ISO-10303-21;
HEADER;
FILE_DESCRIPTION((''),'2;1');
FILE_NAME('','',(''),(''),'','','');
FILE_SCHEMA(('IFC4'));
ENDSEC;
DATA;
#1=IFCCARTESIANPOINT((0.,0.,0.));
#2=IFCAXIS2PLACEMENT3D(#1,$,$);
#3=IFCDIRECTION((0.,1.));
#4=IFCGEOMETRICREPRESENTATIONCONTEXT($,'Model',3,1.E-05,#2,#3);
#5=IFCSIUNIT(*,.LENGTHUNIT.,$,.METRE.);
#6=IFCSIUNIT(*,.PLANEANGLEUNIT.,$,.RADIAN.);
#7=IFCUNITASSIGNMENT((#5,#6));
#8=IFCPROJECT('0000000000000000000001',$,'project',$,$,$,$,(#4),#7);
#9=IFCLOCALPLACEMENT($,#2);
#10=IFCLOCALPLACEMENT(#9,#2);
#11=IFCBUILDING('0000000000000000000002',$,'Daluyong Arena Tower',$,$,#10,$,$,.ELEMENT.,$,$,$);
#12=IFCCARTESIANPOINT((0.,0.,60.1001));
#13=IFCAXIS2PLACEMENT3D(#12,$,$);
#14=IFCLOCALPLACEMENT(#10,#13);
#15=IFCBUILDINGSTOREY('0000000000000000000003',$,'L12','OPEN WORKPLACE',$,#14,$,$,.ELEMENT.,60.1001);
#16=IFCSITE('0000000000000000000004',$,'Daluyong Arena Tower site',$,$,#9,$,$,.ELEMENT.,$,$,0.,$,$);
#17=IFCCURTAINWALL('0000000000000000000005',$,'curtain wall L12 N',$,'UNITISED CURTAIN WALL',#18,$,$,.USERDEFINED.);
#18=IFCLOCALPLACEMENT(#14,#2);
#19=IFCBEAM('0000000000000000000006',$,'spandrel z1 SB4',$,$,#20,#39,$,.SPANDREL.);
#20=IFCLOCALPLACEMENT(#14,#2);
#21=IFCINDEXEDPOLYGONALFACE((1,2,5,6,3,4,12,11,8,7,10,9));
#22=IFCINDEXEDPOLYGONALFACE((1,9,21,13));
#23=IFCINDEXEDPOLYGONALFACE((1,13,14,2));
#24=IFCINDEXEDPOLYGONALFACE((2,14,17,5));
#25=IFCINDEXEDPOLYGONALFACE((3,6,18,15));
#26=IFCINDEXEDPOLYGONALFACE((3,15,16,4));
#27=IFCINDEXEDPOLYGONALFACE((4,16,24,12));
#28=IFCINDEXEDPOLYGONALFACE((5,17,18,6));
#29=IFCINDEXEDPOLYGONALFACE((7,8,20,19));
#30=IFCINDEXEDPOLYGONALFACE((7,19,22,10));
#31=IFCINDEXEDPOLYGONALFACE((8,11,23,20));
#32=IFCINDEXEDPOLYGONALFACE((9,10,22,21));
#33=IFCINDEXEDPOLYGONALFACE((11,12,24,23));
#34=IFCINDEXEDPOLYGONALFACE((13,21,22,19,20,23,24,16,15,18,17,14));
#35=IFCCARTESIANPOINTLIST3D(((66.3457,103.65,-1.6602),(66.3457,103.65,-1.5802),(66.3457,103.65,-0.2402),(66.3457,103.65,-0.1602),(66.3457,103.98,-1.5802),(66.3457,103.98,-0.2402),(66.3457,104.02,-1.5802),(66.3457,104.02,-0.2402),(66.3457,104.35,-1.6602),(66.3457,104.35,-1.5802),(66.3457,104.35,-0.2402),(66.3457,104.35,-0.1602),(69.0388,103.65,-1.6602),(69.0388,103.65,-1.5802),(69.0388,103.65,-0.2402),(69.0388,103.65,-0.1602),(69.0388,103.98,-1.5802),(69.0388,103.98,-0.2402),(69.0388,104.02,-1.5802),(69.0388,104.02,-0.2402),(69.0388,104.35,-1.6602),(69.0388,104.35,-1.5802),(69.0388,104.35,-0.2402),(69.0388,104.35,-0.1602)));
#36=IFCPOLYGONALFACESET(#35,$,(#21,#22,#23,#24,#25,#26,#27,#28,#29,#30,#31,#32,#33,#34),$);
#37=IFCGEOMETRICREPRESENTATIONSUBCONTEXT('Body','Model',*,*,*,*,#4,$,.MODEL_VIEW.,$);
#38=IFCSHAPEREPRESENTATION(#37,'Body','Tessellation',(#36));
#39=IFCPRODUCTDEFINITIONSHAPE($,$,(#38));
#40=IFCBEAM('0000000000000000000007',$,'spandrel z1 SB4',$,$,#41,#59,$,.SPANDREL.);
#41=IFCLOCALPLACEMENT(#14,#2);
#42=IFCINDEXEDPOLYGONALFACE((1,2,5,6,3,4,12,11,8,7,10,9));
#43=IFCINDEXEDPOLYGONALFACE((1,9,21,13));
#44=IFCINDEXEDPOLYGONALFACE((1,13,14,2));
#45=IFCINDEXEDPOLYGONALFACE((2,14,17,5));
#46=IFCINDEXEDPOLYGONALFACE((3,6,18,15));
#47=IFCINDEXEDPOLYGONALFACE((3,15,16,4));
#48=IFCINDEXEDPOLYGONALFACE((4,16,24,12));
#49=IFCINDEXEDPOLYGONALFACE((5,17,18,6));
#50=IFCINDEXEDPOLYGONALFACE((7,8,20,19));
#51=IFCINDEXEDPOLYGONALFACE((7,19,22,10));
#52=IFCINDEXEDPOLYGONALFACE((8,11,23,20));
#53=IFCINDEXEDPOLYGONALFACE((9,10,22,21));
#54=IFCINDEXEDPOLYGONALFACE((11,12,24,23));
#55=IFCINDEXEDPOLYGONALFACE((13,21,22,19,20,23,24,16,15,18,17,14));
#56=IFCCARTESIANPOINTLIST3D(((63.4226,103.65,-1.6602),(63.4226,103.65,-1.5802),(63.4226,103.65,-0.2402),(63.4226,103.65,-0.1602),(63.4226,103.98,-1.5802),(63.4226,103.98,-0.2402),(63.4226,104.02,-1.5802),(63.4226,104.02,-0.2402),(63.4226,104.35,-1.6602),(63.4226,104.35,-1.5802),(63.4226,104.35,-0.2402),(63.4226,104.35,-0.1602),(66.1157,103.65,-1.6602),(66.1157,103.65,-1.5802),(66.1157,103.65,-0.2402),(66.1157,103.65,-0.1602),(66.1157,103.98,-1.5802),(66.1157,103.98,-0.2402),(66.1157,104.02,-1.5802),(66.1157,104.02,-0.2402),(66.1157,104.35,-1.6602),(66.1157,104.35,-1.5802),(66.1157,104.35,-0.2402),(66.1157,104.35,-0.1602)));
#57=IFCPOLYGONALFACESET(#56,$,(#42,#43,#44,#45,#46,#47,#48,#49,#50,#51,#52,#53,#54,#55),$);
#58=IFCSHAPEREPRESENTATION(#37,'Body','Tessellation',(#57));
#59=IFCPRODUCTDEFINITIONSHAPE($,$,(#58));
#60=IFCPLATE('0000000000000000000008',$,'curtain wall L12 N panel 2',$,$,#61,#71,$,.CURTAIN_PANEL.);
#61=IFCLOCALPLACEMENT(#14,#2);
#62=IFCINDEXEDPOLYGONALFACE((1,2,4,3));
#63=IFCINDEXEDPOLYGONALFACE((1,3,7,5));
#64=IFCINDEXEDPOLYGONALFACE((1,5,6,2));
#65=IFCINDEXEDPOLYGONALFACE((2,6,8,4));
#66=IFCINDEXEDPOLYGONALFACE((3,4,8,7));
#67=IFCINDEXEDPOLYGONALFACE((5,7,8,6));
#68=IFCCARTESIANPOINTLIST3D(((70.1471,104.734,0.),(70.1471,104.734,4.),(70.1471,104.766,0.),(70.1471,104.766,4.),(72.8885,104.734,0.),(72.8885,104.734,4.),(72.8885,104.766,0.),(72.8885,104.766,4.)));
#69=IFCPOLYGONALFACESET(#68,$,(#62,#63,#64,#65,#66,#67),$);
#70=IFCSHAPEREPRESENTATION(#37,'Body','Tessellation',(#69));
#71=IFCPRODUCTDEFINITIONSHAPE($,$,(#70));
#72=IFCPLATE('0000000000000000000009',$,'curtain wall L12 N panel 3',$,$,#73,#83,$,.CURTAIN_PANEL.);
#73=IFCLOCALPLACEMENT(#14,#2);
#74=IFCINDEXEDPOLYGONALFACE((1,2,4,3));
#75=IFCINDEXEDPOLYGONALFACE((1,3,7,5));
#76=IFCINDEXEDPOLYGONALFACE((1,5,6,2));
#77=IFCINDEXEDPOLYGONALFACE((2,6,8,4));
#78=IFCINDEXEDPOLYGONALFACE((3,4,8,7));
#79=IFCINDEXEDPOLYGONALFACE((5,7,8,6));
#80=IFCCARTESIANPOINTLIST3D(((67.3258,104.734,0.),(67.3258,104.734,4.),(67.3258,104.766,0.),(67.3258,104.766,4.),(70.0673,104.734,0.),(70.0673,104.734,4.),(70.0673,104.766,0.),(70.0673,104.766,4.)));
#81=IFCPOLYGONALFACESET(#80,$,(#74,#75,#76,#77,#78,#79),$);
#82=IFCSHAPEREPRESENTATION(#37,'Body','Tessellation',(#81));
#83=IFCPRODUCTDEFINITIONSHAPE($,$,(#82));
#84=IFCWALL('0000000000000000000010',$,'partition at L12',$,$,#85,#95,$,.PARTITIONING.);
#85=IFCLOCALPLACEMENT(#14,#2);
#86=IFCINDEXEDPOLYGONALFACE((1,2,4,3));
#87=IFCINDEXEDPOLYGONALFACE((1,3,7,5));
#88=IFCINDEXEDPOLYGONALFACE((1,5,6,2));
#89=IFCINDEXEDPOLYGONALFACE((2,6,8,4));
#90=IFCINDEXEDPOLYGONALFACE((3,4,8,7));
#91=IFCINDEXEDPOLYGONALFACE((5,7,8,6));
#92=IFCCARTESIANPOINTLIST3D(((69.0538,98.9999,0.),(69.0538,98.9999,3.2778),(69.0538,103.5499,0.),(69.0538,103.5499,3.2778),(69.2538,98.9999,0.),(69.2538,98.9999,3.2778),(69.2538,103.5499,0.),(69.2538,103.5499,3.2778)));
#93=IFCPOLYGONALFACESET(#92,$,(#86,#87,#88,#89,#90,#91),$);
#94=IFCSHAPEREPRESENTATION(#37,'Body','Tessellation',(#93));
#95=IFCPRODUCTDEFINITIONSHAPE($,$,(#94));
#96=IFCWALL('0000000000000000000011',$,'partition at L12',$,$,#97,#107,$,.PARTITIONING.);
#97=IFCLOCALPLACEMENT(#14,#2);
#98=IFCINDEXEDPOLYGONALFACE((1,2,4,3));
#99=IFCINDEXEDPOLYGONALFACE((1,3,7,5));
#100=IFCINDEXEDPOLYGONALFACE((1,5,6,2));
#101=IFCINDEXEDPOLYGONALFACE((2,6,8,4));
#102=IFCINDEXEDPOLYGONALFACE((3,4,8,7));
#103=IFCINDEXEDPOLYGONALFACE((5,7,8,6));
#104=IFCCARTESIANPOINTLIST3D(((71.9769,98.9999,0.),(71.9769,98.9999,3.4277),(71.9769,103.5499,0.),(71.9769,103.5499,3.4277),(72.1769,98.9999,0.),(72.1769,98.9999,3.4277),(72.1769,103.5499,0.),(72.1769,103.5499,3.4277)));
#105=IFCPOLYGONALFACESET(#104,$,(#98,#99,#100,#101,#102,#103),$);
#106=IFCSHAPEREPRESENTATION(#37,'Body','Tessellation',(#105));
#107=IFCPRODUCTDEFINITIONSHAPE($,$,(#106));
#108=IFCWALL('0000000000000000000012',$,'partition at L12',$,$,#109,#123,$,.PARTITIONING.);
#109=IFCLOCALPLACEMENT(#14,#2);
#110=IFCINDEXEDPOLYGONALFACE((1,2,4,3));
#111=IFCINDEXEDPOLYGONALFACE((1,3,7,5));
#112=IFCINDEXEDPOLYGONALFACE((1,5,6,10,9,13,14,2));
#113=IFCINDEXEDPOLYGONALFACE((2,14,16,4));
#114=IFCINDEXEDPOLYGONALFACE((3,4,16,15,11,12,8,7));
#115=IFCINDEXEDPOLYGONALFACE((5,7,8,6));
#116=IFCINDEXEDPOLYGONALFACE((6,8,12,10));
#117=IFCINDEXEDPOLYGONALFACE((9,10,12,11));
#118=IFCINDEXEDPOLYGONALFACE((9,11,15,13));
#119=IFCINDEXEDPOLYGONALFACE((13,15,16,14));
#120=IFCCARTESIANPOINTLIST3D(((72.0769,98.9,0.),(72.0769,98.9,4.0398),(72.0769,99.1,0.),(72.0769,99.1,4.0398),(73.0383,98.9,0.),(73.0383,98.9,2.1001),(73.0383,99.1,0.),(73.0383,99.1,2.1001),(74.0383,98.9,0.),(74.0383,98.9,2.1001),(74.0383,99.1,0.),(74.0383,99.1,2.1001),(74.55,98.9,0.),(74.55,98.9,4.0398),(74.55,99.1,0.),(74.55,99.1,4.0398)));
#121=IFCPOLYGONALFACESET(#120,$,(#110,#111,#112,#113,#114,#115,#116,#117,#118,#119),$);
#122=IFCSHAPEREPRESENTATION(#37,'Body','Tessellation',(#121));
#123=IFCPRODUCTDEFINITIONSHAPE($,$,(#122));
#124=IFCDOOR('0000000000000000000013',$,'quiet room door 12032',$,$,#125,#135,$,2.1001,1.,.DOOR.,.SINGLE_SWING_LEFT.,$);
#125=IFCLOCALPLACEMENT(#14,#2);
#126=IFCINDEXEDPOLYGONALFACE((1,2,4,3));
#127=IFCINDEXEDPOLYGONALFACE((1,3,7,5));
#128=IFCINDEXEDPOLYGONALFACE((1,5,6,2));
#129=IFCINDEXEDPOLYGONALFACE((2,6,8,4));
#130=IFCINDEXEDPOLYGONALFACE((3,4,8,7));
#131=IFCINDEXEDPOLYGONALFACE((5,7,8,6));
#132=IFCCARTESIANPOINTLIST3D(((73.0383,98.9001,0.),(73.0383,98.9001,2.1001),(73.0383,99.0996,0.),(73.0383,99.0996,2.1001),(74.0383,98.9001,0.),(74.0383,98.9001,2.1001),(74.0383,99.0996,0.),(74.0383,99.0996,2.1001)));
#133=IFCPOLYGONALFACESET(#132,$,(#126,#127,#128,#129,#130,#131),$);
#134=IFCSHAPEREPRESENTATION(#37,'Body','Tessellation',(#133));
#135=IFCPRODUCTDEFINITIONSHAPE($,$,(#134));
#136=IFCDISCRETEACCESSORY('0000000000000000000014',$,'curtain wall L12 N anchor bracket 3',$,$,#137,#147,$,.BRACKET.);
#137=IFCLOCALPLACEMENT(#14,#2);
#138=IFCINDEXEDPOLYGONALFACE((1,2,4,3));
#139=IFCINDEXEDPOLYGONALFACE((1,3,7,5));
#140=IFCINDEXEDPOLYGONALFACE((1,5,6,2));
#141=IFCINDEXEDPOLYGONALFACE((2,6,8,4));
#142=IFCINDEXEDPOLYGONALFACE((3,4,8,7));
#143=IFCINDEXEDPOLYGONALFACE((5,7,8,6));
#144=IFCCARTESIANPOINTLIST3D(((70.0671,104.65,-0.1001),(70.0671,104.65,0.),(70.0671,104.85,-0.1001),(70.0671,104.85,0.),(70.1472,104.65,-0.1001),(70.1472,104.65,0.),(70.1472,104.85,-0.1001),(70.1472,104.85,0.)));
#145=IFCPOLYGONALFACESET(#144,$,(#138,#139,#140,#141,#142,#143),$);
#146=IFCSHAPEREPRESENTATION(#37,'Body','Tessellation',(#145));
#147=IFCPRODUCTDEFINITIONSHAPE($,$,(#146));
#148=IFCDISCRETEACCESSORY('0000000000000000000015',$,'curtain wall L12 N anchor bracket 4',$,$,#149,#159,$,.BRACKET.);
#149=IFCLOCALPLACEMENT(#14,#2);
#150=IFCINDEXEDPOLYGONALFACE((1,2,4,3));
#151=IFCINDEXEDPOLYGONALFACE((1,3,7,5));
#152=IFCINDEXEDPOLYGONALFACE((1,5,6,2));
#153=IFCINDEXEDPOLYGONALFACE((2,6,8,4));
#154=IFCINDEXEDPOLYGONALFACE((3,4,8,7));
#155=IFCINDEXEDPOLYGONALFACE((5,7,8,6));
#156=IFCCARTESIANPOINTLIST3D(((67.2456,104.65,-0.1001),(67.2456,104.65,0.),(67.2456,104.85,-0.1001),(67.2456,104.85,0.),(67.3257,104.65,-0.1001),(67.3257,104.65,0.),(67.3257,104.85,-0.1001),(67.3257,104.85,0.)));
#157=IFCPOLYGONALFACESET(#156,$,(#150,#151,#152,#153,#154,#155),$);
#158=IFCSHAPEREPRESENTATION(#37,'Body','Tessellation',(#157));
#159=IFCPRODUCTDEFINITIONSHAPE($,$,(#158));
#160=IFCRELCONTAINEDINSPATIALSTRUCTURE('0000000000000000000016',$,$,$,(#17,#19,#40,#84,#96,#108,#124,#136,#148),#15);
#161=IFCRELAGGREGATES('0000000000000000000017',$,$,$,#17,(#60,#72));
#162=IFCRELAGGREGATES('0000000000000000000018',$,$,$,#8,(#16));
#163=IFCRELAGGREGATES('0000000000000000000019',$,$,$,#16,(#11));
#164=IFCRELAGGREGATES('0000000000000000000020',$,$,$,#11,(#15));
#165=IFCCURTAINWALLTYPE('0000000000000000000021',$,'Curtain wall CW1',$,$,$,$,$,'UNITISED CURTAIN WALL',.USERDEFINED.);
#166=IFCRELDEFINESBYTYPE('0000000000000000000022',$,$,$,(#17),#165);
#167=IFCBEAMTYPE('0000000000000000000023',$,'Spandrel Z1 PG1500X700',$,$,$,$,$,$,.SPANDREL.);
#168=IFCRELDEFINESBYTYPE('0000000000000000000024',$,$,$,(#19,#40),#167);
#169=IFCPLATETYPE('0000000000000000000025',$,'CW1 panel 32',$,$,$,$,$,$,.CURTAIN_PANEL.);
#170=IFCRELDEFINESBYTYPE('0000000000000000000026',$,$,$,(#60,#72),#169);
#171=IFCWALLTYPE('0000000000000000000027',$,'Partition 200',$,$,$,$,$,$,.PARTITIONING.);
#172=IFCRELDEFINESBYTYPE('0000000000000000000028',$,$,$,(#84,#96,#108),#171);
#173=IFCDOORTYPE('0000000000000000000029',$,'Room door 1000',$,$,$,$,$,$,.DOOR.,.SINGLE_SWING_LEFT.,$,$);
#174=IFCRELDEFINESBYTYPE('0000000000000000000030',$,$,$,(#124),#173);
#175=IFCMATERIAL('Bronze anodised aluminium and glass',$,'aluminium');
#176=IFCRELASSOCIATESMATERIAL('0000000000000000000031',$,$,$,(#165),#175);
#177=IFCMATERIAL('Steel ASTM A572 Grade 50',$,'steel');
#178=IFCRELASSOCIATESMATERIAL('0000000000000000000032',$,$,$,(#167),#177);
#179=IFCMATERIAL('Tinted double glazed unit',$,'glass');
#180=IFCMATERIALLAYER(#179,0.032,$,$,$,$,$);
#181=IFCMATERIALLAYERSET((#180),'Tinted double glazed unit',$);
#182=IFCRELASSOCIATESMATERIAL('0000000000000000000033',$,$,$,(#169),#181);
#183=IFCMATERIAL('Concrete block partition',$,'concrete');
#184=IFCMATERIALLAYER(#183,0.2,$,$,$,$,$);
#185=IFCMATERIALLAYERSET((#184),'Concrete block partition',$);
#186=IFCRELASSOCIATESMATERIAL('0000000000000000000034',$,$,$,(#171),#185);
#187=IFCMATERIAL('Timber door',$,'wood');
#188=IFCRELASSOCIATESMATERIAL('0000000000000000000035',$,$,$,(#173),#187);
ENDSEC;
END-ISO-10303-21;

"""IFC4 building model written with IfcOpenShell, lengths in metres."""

from ifc_helpers import new_model, si_unit, direction, frame, frame_2d, origin, origin_2d, place, context, subcontext, project, spatial, rectangle, i_section, extrude, material, layer, layer_set, material_profile, profile_set, type_object, element, fill, aggregate, save


model = new_model("IFC4")

# Units and contexts
model_context = context("Model", 3, precision=1e-05, world=origin(), true_north=direction((0.0, 1.0)))
body_context = subcontext(model_context, "Body", "Model", "MODEL_VIEW")
ifc_project = project(units=[si_unit("LENGTHUNIT", "METRE"), si_unit("PLANEANGLEUNIT", "RADIAN")], contexts=[model_context])

# Site, building, storey
site_placement = place(None, origin())
site = spatial("IfcSite", under=ifc_project, at=site_placement, Name="Daluyong Arena Tower site", CompositionType="ELEMENT", RefElevation=0.0)
building_placement = place(site_placement, origin())
building = spatial("IfcBuilding", under=site, at=building_placement, Name="Daluyong Arena Tower", CompositionType="ELEMENT")
storey_placement = place(building_placement, frame((0.0, 0.0, 60.1001)))
storey = spatial("IfcBuildingStorey", under=building, at=storey_placement, Name="L12", Description="OPEN WORKPLACE", CompositionType="ELEMENT", Elevation=60.1001)

# Curtain wall
ifc_material_1 = material(Name="Bronze anodised aluminium and glass", Category="aluminium")
curtain_wall_type = type_object("IfcCurtainWallType", Name="Curtain wall CW1", ElementType="UNITISED CURTAIN WALL", PredefinedType="USERDEFINED", material=ifc_material_1)
curtain_wall_placement = place(storey_placement, origin())
curtain_wall = element("IfcCurtainWall", 1, at=curtain_wall_placement, inside=storey, type_object=curtain_wall_type, Name="curtain wall L12 N", ObjectType="UNITISED CURTAIN WALL", PredefinedType="USERDEFINED")

# Beams
ifc_material_2 = material(Name="Steel ASTM A572 Grade 50", Category="steel")
ifc_material_profile_1 = material_profile(ifc_material_2, i_section(OverallWidth=0.7, OverallDepth=1.5, WebThickness=0.04, FlangeThickness=0.08, at=origin_2d()))
ifc_profile_set_1 = profile_set([ifc_material_profile_1], Name="Steel ASTM A572 Grade 50")
beam_type_1 = type_object("IfcBeamType", Name="Spandrel Z1 PG1500X700", PredefinedType="SPANDREL", material=ifc_profile_set_1)
for number, where, z_axis, x_axis, name in (
    (2, (69.0388, 104.0, -0.9102), (-1.0, 0.0, 0.0), (0.0, -1.0, 0.0), "spandrel z1 SB4"),
    (3, (66.1157, 104.0, -0.9102), (-1.0, 0.0, 0.0), (0.0, -1.0, 0.0), "spandrel z1 SB4"),
):
    element("IfcBeam", number, at=place(storey_placement, frame(where, z_axis=z_axis, x_axis=x_axis)), inside=storey, type_object=beam_type_1, Name=name, PredefinedType="SPANDREL", context=body_context, shape_type="SweptSolid", body=[
        extrude(i_section(OverallWidth=0.7, OverallDepth=1.5, WebThickness=0.04, FlangeThickness=0.08, at=origin_2d()), origin(), (0.0, 0.0, 1.0), 2.6931),
    ])

# Plates
ifc_material_3 = material(Name="Tinted double glazed unit", Category="glass")
ifc_layer_1 = layer(ifc_material_3, 0.032)
ifc_layer_set_1 = layer_set([ifc_layer_1], Name="Tinted double glazed unit")
plate_type = type_object("IfcPlateType", Name="CW1 panel 32", PredefinedType="CURTAIN_PANEL", material=ifc_layer_set_1)
plate_1_placement = place(storey_placement, frame((71.5178, 104.75, 0.0), z_axis=(0.0, 0.0, 1.0), x_axis=(-1.0, 0.0, 0.0)))
plate_1 = element("IfcPlate", 4, at=plate_1_placement, type_object=plate_type, Name="curtain wall L12 N panel 2", PredefinedType="CURTAIN_PANEL", context=body_context, shape_type="SweptSolid", body=[
    extrude(rectangle(XDim=2.7415, YDim=0.032, at=origin_2d()), origin(), (0.0, 0.0, 1.0), 4.0),
])
plate_2_placement = place(storey_placement, frame((68.6965, 104.75, 0.0), z_axis=(0.0, 0.0, 1.0), x_axis=(-1.0, 0.0, 0.0)))
plate_2 = element("IfcPlate", 5, at=plate_2_placement, type_object=plate_type, Name="curtain wall L12 N panel 3", PredefinedType="CURTAIN_PANEL", context=body_context, shape_type="SweptSolid", body=[
    extrude(rectangle(XDim=2.7415, YDim=0.032, at=origin_2d()), origin(), (0.0, 0.0, 1.0), 4.0),
])
aggregate(curtain_wall, [plate_1, plate_2])

# Walls
ifc_material_4 = material(Name="Concrete block partition", Category="concrete")
ifc_layer_2 = layer(ifc_material_4, 0.2)
ifc_layer_set_2 = layer_set([ifc_layer_2], Name="Concrete block partition")
wall_type_1 = type_object("IfcWallType", Name="Partition 200", PredefinedType="PARTITIONING", material=ifc_layer_set_2)
wall_1_placement = place(storey_placement, frame((69.1538, 99.0, 0.0), z_axis=(0.0, 0.0, 1.0), x_axis=(0.0, 1.0, 0.0)))
element("IfcWall", 6, at=wall_1_placement, inside=storey, type_object=wall_type_1, Name="partition at L12", PredefinedType="PARTITIONING", context=body_context, shape_type="SweptSolid", body=[
    extrude(rectangle(XDim=4.55, YDim=0.2, at=frame_2d((2.2749, 0.0))), origin(), (0.0, 0.0, 1.0), 3.2778),
])
wall_2_placement = place(storey_placement, frame((72.0769, 99.0, 0.0), z_axis=(0.0, 0.0, 1.0), x_axis=(0.0, 1.0, 0.0)))
element("IfcWall", 7, at=wall_2_placement, inside=storey, type_object=wall_type_1, Name="partition at L12", PredefinedType="PARTITIONING", context=body_context, shape_type="SweptSolid", body=[
    extrude(rectangle(XDim=4.55, YDim=0.2, at=frame_2d((2.2749, 0.0))), origin(), (0.0, 0.0, 1.0), 3.4277),
])

# Wall, opening, door
wall_3_placement = place(storey_placement, frame((72.0769, 99.0, 0.0), z_axis=(0.0, 0.0, 1.0), x_axis=(1.0, 0.0, 0.0)))
wall_3 = element("IfcWall", 8, at=wall_3_placement, inside=storey, type_object=wall_type_1, Name="partition at L12", PredefinedType="PARTITIONING", context=body_context, shape_type="SweptSolid", body=[
    extrude(rectangle(XDim=2.4731, YDim=0.2, at=frame_2d((1.2366, 0.0))), origin(), (0.0, 0.0, 1.0), 4.0398),
])
opening_1_placement = place(wall_3_placement, frame((0.9614, 0.0, 0.0)))
opening_1 = element("IfcOpeningElement", 9, at=opening_1_placement, cuts=wall_3, PredefinedType="OPENING", context=body_context, shape_type="SweptSolid", body=[
    extrude(rectangle(XDim=1.0, YDim=2.1001, at=frame_2d((0.5, 1.05))), frame((0.0, 0.1099, 0.0), z_axis=(0.0, -1.0, 0.0), x_axis=(1.0, 0.0, 0.0)), (0.0, 0.0, 1.0), 0.22),
])
ifc_material_5 = material(Name="Timber door", Category="wood")
door_type_1 = type_object("IfcDoorType", Name="Room door 1000", OperationType="SINGLE_SWING_LEFT", PredefinedType="DOOR", material=ifc_material_5)
door_1_placement = place(opening_1_placement, origin())
door_1 = element("IfcDoor", 10, at=door_1_placement, inside=storey, type_object=door_type_1, Name="quiet room door 12032", OperationType="SINGLE_SWING_LEFT", OverallHeight=2.1001, OverallWidth=1.0, PredefinedType="DOOR", context=body_context, shape_type="SweptSolid", body=[
    extrude(rectangle(XDim=1.0, YDim=2.1001, at=frame_2d((0.5, 1.05))), frame((0.0, 0.0996, 0.0), z_axis=(0.0, -1.0, 0.0), x_axis=(1.0, 0.0, 0.0)), (0.0, 0.0, 1.0), 0.1995),
])
fill(opening_1, door_1)

# Discrete accessories
for number, where, z_axis, x_axis, name in (
    (11, (70.1072, 104.75, -0.1001), (0.0, 0.0, 1.0), (-1.0, 0.0, 0.0), "curtain wall L12 N anchor bracket 3"),
    (12, (67.2856, 104.75, -0.1001), (0.0, 0.0, 1.0), (-1.0, 0.0, 0.0), "curtain wall L12 N anchor bracket 4"),
):
    element("IfcDiscreteAccessory", number, at=place(storey_placement, frame(where, z_axis=z_axis, x_axis=x_axis)), inside=storey, Name=name, PredefinedType="BRACKET", context=body_context, shape_type="SweptSolid", body=[
        extrude(rectangle(XDim=0.0801, YDim=0.2, at=origin_2d()), origin(), (0.0, 0.0, 1.0), 0.1001),
    ])

save(model, "model.ifc")
